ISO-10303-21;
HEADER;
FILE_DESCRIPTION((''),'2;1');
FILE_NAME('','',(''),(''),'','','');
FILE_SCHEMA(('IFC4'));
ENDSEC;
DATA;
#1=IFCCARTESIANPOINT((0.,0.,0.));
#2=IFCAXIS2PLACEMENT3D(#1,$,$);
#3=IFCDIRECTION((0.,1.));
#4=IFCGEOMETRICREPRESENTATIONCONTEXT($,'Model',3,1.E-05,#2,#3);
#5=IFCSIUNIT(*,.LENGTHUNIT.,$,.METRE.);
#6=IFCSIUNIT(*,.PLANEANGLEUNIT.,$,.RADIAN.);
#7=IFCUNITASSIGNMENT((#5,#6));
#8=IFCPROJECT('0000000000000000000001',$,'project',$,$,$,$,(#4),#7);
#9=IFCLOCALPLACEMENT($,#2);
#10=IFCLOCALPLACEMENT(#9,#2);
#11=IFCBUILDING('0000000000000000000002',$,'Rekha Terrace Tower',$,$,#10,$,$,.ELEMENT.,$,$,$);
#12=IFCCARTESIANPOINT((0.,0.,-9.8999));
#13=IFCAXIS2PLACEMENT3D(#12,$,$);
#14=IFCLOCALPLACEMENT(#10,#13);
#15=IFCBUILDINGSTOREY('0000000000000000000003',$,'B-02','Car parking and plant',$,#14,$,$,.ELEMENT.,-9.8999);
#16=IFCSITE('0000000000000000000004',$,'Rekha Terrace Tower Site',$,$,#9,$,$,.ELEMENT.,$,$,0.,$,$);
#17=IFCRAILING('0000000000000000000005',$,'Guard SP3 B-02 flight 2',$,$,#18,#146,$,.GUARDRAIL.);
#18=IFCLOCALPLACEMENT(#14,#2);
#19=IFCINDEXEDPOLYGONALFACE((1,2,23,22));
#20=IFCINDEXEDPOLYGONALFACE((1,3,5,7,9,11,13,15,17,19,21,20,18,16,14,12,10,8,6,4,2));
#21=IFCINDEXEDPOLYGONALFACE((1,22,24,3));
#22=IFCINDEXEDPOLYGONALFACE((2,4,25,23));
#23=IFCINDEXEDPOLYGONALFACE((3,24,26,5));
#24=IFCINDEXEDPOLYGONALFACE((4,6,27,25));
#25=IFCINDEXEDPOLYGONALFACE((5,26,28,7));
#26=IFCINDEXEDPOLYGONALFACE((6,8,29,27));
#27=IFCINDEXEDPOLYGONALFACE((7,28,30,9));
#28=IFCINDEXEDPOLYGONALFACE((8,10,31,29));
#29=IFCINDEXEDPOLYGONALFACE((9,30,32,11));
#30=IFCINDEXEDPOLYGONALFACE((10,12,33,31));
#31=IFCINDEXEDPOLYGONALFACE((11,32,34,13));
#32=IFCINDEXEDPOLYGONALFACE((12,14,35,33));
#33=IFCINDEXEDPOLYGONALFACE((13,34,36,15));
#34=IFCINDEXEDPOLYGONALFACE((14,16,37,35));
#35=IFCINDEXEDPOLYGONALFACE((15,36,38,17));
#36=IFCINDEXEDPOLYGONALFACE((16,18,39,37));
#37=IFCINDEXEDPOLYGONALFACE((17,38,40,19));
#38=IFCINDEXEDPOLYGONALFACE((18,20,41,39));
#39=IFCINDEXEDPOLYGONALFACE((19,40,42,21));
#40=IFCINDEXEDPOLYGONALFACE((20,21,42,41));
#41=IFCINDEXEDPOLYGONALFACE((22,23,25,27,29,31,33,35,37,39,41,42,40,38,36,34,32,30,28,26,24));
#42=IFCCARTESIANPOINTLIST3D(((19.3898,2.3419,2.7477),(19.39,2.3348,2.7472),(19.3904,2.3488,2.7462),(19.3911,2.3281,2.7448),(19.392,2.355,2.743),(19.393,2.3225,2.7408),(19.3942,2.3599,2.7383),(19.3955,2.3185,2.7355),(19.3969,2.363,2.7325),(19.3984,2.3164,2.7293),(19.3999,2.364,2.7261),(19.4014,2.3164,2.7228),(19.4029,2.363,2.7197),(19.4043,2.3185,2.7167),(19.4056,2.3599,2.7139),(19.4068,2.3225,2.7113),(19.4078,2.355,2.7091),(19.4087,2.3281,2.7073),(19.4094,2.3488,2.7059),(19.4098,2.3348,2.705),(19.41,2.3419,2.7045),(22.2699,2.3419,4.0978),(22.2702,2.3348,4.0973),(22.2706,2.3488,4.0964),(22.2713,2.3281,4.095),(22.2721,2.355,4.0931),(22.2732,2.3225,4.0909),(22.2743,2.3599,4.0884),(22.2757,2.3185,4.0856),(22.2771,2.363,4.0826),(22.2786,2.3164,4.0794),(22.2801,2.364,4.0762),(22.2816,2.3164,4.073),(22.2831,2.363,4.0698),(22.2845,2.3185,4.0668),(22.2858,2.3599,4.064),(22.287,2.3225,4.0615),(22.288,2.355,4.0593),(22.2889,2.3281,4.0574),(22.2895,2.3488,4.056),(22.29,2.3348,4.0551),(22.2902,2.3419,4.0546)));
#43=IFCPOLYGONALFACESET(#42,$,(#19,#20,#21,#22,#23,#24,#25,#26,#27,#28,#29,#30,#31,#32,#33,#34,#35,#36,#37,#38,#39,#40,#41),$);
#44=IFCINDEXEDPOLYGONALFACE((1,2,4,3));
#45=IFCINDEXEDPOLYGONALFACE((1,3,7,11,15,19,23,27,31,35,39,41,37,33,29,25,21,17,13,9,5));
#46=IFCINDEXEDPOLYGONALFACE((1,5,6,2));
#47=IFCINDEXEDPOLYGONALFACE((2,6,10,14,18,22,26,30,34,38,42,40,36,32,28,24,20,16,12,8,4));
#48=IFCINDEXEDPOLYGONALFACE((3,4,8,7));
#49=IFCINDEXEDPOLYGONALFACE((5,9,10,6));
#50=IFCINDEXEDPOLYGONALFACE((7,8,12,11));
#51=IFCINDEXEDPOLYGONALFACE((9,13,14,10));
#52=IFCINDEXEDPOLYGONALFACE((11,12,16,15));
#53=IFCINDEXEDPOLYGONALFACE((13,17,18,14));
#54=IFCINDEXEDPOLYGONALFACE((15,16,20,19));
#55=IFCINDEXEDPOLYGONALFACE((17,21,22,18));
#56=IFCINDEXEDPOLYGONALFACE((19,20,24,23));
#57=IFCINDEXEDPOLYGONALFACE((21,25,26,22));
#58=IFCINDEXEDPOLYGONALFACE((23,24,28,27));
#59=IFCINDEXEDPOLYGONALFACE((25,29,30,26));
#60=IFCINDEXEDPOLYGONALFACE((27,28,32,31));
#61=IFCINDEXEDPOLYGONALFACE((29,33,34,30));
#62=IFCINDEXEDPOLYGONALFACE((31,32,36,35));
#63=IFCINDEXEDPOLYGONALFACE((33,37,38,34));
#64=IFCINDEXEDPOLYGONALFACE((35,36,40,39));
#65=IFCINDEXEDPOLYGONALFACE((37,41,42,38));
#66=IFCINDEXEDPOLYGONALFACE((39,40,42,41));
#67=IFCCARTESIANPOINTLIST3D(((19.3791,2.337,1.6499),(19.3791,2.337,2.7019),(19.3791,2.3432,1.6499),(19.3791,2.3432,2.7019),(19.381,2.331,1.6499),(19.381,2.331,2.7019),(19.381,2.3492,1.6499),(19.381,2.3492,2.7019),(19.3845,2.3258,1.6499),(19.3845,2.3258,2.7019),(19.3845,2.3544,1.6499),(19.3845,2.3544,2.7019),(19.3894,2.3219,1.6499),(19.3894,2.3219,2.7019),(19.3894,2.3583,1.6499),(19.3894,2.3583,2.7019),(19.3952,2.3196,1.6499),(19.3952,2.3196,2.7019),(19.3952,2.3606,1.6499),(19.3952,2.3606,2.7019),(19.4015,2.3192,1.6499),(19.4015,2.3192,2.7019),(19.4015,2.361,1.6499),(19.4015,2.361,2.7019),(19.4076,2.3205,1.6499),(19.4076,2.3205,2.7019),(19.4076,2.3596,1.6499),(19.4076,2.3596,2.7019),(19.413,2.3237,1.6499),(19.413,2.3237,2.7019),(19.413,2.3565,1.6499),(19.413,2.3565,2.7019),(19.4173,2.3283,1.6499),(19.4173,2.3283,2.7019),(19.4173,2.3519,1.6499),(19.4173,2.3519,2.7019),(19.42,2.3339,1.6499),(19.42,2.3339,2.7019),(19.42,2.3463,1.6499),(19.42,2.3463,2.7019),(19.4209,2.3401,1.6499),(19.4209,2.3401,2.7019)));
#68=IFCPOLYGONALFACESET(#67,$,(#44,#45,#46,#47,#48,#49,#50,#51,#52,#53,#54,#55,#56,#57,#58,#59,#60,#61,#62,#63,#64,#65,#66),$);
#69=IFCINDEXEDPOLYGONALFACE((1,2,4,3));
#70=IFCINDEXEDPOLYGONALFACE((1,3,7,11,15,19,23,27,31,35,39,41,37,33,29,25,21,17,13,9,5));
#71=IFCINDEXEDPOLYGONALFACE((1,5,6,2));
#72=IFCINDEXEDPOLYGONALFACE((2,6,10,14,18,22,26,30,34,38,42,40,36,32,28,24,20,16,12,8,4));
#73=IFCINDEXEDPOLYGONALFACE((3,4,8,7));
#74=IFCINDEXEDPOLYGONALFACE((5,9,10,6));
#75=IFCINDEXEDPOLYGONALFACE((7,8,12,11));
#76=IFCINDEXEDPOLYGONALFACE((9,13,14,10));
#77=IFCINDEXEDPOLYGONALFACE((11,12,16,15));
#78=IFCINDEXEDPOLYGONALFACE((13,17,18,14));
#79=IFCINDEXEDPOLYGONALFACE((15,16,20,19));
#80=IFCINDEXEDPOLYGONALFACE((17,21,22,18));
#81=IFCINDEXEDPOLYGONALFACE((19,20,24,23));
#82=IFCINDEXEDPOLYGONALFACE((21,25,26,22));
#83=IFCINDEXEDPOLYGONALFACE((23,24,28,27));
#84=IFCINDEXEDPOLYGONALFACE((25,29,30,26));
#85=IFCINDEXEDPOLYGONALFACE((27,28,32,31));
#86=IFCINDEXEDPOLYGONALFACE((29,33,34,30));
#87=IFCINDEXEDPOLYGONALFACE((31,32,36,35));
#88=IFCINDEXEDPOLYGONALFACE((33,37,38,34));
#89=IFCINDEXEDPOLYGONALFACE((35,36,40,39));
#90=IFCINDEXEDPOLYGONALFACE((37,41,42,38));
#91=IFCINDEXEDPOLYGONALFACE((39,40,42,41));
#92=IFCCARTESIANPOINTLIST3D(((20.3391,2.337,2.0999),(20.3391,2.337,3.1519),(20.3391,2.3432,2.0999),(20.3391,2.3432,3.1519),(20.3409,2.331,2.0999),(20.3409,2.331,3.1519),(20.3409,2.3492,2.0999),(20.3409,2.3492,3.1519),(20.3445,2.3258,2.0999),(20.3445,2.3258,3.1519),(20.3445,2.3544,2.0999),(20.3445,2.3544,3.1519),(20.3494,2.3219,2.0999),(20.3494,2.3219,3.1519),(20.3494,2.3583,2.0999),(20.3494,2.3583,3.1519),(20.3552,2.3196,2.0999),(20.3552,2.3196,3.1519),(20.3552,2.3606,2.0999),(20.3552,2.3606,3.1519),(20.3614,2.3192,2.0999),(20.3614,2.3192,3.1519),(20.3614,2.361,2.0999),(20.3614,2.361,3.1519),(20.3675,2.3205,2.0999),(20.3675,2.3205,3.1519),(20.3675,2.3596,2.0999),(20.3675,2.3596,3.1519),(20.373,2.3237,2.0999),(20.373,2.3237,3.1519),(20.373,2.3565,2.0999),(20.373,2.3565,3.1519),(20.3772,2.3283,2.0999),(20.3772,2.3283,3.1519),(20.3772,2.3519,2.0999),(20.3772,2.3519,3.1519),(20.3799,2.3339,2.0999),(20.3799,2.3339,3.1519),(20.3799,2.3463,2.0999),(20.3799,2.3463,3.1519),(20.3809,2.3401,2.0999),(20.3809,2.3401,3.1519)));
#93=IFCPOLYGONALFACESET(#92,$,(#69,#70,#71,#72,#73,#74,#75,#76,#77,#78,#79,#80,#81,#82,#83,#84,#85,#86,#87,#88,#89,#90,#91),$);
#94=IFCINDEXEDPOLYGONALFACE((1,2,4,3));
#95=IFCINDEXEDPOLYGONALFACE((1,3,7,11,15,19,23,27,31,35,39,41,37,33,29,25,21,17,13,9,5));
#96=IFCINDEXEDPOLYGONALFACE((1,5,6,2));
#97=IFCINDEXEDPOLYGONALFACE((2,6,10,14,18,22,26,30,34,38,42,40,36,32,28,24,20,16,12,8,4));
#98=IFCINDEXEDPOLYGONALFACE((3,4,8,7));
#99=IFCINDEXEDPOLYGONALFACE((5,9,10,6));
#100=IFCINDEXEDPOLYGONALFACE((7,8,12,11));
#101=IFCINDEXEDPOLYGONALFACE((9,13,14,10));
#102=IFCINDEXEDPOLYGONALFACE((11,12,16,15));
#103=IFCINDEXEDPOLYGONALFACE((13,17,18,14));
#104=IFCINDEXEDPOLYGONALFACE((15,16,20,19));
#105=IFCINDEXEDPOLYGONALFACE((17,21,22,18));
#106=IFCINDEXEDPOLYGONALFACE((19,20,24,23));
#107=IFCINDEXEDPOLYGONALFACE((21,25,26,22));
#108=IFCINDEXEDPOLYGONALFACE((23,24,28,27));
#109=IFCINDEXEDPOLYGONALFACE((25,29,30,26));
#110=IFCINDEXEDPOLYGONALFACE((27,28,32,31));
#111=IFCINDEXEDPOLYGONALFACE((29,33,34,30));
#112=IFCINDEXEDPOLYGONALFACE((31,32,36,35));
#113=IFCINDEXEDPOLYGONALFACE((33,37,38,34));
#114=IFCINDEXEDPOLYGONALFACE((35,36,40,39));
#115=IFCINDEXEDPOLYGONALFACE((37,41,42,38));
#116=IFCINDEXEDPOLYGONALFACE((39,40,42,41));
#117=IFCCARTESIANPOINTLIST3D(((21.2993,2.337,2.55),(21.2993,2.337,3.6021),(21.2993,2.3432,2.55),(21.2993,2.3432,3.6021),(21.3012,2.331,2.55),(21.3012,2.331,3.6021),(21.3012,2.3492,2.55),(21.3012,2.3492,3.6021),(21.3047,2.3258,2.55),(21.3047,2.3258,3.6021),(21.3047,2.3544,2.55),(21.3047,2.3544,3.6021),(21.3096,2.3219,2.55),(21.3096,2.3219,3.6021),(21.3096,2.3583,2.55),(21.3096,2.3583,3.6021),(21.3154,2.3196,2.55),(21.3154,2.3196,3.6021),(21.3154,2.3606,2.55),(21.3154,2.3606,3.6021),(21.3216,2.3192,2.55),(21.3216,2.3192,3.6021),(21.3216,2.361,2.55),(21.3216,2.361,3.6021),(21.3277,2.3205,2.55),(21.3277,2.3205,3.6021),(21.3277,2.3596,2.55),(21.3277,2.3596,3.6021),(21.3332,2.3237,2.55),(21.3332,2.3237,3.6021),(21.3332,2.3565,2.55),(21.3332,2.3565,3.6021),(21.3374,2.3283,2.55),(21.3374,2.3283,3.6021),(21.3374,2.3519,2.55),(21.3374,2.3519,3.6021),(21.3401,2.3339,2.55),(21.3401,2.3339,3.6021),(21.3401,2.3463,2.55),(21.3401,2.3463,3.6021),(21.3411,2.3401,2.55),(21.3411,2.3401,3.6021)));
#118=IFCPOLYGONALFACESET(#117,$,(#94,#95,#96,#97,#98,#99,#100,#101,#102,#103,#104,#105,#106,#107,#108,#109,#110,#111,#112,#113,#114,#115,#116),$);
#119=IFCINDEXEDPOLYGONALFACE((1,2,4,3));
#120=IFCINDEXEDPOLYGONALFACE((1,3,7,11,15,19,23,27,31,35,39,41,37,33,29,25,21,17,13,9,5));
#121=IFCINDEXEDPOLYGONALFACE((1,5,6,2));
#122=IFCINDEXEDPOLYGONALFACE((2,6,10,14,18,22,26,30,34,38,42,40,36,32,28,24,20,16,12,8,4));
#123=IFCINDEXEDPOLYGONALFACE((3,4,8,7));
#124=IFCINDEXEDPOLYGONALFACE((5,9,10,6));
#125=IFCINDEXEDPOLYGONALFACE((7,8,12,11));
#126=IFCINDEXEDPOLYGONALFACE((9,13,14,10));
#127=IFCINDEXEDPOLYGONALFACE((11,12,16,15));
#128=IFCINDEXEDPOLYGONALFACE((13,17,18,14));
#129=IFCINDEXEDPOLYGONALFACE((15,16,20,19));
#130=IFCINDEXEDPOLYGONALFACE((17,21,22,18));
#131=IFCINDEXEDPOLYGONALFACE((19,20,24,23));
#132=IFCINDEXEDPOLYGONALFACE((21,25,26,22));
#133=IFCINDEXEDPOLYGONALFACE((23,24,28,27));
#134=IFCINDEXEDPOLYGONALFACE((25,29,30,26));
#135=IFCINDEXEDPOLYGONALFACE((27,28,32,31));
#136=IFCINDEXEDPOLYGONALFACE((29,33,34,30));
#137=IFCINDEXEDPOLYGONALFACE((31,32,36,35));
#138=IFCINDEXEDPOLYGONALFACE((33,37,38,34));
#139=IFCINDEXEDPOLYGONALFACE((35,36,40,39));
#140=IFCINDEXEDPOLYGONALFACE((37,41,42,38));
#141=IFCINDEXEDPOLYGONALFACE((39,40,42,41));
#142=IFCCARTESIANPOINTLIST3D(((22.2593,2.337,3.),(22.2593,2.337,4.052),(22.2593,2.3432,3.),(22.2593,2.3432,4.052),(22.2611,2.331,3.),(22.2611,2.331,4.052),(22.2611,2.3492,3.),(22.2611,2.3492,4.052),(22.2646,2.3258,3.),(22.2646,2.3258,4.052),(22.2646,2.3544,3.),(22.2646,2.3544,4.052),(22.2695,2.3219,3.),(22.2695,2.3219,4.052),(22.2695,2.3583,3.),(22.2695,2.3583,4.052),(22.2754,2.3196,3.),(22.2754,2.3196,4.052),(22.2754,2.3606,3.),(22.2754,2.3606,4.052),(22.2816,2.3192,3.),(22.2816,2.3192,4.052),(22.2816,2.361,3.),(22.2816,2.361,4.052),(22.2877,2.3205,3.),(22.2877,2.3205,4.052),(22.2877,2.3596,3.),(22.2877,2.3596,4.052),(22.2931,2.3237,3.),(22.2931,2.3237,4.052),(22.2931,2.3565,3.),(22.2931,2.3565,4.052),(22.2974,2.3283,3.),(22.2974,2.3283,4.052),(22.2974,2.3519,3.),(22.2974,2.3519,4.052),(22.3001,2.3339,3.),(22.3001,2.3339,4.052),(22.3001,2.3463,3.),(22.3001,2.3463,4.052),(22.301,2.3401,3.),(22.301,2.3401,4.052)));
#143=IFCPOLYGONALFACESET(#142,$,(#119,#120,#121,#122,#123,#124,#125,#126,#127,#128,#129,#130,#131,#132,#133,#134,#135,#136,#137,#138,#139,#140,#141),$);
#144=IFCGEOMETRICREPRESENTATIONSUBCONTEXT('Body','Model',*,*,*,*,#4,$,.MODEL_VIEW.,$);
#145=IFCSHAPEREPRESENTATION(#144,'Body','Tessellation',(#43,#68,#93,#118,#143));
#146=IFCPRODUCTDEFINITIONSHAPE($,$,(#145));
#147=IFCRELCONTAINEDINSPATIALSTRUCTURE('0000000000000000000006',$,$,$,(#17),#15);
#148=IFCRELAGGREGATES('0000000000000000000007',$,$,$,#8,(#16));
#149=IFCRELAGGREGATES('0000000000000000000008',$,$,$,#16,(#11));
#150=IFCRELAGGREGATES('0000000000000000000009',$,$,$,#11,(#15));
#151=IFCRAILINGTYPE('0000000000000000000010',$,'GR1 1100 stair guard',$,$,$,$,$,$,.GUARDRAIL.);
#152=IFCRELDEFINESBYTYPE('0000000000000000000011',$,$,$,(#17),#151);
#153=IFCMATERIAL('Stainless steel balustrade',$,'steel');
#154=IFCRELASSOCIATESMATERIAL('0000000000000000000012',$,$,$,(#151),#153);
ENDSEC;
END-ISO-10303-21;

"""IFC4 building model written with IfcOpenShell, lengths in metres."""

from ifc_helpers import new_model, si_unit, direction, frame, origin, origin_2d, place, context, subcontext, project, spatial, circle, extrude, material, type_object, element, save


model = new_model("IFC4")

# Units and contexts
model_context = context("Model", 3, precision=1e-05, world=origin(), true_north=direction((0.0, 1.0)))
body_context = subcontext(model_context, "Body", "Model", "MODEL_VIEW")
ifc_project = project(units=[si_unit("LENGTHUNIT", "METRE"), si_unit("PLANEANGLEUNIT", "RADIAN")], contexts=[model_context])

# Site, building, storey
site_placement = place(None, origin())
site = spatial("IfcSite", under=ifc_project, at=site_placement, Name="Rekha Terrace Tower Site", CompositionType="ELEMENT", RefElevation=0.0)
building_placement = place(site_placement, origin())
building = spatial("IfcBuilding", under=site, at=building_placement, Name="Rekha Terrace Tower", CompositionType="ELEMENT")
storey_placement = place(building_placement, frame((0.0, 0.0, -9.8999)))
storey = spatial("IfcBuildingStorey", under=building, at=storey_placement, Name="B-02", Description="Car parking and plant", CompositionType="ELEMENT", Elevation=-9.8999)

# Railing
ifc_material_1 = material(Name="Stainless steel balustrade", Category="steel")
railing_type_1 = type_object("IfcRailingType", Name="GR1 1100 stair guard", PredefinedType="GUARDRAIL", material=ifc_material_1)
railing_1_placement = place(storey_placement, frame((19.3999, 2.3401, 1.6499)))
element("IfcRailing", 1, at=railing_1_placement, inside=storey, type_object=railing_type_1, Name="Guard SP3 B-02 flight 2", PredefinedType="GUARDRAIL", context=body_context, shape_type="SweptSolid", body=[
    extrude(circle(Radius=0.0239, at=origin_2d()), frame((0.0, 0.0, 1.0762), z_axis=(0.905454, 0.0, 0.424444), x_axis=(0.0, 1.0, 0.0)), (0.0, 0.0, 1.0), 3.1809),
    extrude(circle(Radius=0.021, at=origin_2d()), origin(), (0.0, 0.0, 1.0), 1.052),
    extrude(circle(Radius=0.021, at=origin_2d()), frame((0.96, 0.0, 0.45)), (0.0, 0.0, 1.0), 1.052),
    extrude(circle(Radius=0.021, at=origin_2d()), frame((1.9202, 0.0, 0.9001)), (0.0, 0.0, 1.0), 1.052),
    extrude(circle(Radius=0.021, at=origin_2d()), frame((2.8801, 0.0, 1.3501)), (0.0, 0.0, 1.0), 1.052),
])

save(model, "model.ifc")
